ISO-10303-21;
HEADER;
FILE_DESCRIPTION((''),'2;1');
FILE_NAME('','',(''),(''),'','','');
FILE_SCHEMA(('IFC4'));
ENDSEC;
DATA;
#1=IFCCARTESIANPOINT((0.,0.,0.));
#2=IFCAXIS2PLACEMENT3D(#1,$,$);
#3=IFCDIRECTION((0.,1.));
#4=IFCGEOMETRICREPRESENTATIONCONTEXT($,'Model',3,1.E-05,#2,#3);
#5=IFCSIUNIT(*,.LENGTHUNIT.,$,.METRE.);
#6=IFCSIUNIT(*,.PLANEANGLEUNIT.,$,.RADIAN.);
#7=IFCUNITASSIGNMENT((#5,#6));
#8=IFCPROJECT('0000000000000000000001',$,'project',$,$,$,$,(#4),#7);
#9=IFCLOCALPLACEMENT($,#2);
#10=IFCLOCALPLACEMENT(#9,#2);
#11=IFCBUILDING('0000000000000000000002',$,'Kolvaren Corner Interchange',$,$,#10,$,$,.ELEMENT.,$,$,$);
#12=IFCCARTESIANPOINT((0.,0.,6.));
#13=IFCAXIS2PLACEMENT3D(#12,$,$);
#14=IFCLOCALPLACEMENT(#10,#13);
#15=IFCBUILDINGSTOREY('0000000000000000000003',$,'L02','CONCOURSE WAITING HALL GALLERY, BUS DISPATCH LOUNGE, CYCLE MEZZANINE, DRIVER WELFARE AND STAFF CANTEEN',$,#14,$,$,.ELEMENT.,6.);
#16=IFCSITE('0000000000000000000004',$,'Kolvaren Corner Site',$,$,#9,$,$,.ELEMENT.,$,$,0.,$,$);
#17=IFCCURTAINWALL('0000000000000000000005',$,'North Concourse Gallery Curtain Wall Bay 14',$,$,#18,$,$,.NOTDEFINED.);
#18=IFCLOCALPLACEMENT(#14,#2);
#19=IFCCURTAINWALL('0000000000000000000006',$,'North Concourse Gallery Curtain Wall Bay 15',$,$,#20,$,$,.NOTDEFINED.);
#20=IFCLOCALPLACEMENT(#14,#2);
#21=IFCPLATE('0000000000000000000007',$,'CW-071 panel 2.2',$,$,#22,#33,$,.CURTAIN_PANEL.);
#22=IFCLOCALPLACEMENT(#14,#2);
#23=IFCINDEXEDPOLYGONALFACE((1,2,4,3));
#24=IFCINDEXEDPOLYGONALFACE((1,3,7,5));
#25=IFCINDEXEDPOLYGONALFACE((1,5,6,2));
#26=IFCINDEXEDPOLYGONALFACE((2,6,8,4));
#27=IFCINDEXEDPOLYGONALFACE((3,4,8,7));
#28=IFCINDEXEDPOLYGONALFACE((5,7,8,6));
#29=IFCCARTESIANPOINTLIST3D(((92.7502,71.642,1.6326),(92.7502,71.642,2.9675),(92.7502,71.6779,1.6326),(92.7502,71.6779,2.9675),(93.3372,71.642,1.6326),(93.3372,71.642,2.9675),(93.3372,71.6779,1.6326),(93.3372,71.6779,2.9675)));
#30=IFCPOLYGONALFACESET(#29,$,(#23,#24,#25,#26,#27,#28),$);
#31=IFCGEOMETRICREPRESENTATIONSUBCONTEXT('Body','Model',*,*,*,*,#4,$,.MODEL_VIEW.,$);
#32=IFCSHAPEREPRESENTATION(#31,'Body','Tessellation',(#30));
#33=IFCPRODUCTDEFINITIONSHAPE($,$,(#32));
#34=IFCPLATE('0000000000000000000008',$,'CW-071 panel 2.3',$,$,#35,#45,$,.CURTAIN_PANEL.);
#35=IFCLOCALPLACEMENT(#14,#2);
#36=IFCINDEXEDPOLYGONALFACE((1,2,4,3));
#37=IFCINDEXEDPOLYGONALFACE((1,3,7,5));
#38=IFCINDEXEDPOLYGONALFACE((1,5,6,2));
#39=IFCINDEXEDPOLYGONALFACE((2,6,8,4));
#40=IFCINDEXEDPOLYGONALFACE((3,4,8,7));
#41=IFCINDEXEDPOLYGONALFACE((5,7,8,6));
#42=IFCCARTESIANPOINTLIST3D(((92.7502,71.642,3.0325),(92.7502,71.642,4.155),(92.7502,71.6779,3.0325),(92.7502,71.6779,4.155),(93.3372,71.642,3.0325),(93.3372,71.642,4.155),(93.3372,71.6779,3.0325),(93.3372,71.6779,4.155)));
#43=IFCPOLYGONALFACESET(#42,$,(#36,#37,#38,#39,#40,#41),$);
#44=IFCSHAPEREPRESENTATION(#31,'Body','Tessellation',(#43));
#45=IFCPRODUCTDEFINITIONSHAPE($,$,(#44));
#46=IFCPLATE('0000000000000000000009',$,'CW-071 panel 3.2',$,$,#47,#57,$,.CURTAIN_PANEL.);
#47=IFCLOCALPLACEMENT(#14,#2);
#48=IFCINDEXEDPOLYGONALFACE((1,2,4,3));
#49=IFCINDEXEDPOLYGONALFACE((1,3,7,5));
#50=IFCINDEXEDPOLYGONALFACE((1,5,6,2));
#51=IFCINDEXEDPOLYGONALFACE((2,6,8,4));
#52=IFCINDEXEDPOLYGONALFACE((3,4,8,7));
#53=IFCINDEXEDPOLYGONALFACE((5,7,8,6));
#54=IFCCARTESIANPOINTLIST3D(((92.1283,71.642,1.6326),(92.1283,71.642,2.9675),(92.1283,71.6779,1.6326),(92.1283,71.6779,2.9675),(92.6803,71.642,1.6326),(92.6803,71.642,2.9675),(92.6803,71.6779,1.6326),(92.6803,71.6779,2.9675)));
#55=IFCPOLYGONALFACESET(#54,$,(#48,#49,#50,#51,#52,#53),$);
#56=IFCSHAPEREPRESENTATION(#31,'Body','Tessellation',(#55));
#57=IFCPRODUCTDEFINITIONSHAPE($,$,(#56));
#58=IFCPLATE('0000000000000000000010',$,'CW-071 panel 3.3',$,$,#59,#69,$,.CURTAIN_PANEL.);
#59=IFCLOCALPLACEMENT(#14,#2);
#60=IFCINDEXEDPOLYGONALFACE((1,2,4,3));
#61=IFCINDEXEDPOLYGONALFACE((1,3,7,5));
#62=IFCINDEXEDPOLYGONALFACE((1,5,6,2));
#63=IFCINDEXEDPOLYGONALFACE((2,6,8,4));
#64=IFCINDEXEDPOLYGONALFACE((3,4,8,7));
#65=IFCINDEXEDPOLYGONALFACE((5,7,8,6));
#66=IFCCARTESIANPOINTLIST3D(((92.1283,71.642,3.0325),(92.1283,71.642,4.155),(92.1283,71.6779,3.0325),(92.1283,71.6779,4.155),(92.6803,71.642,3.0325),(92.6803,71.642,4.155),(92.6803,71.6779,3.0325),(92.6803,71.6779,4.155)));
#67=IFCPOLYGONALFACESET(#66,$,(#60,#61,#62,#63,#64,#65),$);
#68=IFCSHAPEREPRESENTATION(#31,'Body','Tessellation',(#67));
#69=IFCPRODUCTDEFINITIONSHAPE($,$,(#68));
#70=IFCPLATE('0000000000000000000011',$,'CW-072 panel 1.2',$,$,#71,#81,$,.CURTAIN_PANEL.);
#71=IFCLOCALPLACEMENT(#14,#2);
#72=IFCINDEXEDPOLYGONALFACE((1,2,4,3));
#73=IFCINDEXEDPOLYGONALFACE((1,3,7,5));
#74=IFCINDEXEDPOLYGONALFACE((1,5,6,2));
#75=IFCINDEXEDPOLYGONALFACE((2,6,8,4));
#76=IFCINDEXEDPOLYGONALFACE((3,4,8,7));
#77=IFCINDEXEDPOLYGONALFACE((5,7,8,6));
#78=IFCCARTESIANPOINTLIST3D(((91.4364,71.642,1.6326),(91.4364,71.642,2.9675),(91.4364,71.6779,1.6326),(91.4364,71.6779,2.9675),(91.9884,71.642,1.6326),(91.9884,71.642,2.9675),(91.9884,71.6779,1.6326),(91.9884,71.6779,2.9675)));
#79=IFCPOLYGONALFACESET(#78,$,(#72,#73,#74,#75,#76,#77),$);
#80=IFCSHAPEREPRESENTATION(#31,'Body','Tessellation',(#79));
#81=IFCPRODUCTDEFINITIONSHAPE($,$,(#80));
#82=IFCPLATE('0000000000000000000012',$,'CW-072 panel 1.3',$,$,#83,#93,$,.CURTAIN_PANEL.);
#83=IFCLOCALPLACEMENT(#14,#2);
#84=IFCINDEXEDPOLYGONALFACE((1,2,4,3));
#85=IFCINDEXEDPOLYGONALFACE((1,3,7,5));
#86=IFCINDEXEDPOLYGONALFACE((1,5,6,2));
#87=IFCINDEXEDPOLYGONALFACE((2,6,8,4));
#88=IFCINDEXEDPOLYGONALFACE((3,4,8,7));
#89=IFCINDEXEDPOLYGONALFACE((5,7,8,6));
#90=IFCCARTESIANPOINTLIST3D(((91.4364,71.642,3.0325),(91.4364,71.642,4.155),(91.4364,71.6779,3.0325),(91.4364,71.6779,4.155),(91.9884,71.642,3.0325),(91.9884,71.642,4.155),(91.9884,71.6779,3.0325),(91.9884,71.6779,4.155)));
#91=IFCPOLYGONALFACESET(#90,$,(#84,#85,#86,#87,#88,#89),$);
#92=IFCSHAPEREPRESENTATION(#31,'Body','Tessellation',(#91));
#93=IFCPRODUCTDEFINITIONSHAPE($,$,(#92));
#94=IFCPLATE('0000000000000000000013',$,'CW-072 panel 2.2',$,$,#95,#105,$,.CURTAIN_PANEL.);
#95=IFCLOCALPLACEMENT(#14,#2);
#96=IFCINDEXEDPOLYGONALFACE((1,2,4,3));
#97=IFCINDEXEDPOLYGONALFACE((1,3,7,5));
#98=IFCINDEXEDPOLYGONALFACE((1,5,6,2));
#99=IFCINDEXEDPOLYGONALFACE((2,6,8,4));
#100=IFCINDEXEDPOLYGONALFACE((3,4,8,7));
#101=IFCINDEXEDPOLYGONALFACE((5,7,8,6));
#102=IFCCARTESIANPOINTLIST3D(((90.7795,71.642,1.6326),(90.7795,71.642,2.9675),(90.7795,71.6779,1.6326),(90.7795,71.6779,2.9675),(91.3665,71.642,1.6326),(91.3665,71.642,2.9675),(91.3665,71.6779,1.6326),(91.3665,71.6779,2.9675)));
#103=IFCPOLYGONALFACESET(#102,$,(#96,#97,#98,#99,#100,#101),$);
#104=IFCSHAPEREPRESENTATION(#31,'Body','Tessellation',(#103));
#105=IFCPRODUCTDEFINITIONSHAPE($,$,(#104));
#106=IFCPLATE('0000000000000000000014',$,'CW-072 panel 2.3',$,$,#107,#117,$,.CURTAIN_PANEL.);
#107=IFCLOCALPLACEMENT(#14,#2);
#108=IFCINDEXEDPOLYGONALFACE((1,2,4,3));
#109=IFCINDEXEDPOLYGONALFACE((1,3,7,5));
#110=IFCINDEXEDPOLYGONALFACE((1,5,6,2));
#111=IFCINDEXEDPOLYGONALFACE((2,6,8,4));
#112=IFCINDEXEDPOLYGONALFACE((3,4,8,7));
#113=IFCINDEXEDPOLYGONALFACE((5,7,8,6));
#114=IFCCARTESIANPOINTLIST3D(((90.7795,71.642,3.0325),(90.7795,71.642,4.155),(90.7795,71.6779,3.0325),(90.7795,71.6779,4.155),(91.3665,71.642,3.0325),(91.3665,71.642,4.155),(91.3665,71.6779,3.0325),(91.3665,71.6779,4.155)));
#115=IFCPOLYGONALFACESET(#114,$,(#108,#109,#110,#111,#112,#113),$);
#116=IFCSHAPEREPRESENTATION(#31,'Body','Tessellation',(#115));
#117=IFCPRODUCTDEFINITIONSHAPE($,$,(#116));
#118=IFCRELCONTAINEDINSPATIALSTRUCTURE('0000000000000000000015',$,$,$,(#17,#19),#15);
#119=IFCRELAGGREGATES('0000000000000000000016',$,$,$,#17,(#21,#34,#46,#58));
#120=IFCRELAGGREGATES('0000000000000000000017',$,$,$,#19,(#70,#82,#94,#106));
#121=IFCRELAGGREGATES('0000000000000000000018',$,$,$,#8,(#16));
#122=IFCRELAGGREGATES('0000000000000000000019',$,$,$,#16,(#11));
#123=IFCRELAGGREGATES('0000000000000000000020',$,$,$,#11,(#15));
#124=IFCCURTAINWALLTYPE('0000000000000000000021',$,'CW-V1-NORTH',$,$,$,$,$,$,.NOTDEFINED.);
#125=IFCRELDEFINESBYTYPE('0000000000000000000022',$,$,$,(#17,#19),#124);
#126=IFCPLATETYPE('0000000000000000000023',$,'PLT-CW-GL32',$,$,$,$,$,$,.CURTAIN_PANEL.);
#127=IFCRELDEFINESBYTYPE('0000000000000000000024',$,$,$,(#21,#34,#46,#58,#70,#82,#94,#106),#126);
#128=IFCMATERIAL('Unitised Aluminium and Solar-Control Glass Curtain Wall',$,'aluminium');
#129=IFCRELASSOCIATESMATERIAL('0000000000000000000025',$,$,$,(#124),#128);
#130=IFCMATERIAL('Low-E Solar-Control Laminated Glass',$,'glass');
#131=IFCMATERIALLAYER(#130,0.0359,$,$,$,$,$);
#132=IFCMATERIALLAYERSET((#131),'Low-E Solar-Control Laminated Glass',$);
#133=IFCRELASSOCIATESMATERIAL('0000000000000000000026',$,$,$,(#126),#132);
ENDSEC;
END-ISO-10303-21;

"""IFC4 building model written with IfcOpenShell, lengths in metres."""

from ifc_helpers import new_model, si_unit, direction, frame, origin, origin_2d, place, context, subcontext, project, spatial, rectangle, extrude, material, layer, layer_set, type_object, element, aggregate, save


model = new_model("IFC4")

# Units and contexts
model_context = context("Model", 3, precision=1e-05, world=origin(), true_north=direction((0.0, 1.0)))
body_context = subcontext(model_context, "Body", "Model", "MODEL_VIEW")
ifc_project = project(units=[si_unit("LENGTHUNIT", "METRE"), si_unit("PLANEANGLEUNIT", "RADIAN")], contexts=[model_context])

# Site, building, storey
site_placement = place(None, origin())
site = spatial("IfcSite", under=ifc_project, at=site_placement, Name="Kolvaren Corner Site", CompositionType="ELEMENT", RefElevation=0.0)
building_placement = place(site_placement, origin())
building = spatial("IfcBuilding", under=site, at=building_placement, Name="Kolvaren Corner Interchange", CompositionType="ELEMENT")
storey_placement = place(building_placement, frame((0.0, 0.0, 6.0)))
storey = spatial("IfcBuildingStorey", under=building, at=storey_placement, Name="L02", Description="CONCOURSE WAITING HALL GALLERY, BUS DISPATCH LOUNGE, CYCLE MEZZANINE, DRIVER WELFARE AND STAFF CANTEEN", CompositionType="ELEMENT", Elevation=6.0)

# Curtain walls
ifc_material_1 = material(Name="Unitised Aluminium and Solar-Control Glass Curtain Wall", Category="aluminium")
curtain_wall_type = type_object("IfcCurtainWallType", Name="CW-V1-NORTH", PredefinedType="NOTDEFINED", material=ifc_material_1)
curtain_wall_1_placement = place(storey_placement, origin())
curtain_wall_1 = element("IfcCurtainWall", 1, at=curtain_wall_1_placement, inside=storey, type_object=curtain_wall_type, Name="North Concourse Gallery Curtain Wall Bay 14", PredefinedType="NOTDEFINED")
curtain_wall_2_placement = place(storey_placement, origin())
curtain_wall_2 = element("IfcCurtainWall", 2, at=curtain_wall_2_placement, inside=storey, type_object=curtain_wall_type, Name="North Concourse Gallery Curtain Wall Bay 15", PredefinedType="NOTDEFINED")

# Plates
ifc_material_2 = material(Name="Low-E Solar-Control Laminated Glass", Category="glass")
ifc_layer = layer(ifc_material_2, 0.0359)
ifc_layer_set = layer_set([ifc_layer], Name="Low-E Solar-Control Laminated Glass")
plate_type = type_object("IfcPlateType", Name="PLT-CW-GL32", PredefinedType="CURTAIN_PANEL", material=ifc_layer_set)
plate_1_placement = place(storey_placement, frame((93.0437, 71.6599, 1.6326), z_axis=(0.0, 0.0, 1.0), x_axis=(-1.0, 0.0, 0.0)))
plate_1 = element("IfcPlate", 3, at=plate_1_placement, type_object=plate_type, Name="CW-071 panel 2.2", PredefinedType="CURTAIN_PANEL", context=body_context, shape_type="SweptSolid", body=[
    extrude(rectangle(XDim=0.5869, YDim=0.0359, at=origin_2d()), origin(), (0.0, 0.0, 1.0), 1.335),
])
plate_2_placement = place(storey_placement, frame((93.0437, 71.6599, 3.0325), z_axis=(0.0, 0.0, 1.0), x_axis=(-1.0, 0.0, 0.0)))
plate_2 = element("IfcPlate", 4, at=plate_2_placement, type_object=plate_type, Name="CW-071 panel 2.3", PredefinedType="CURTAIN_PANEL", context=body_context, shape_type="SweptSolid", body=[
    extrude(rectangle(XDim=0.5869, YDim=0.0359, at=origin_2d()), origin(), (0.0, 0.0, 1.0), 1.1226),
])
plate_3_placement = place(storey_placement, frame((92.4043, 71.6599, 1.6326), z_axis=(0.0, 0.0, 1.0), x_axis=(-1.0, 0.0, 0.0)))
plate_3 = element("IfcPlate", 5, at=plate_3_placement, type_object=plate_type, Name="CW-071 panel 3.2", PredefinedType="CURTAIN_PANEL", context=body_context, shape_type="SweptSolid", body=[
    extrude(rectangle(XDim=0.552, YDim=0.0359, at=origin_2d()), origin(), (0.0, 0.0, 1.0), 1.335),
])
plate_4_placement = place(storey_placement, frame((92.4043, 71.6599, 3.0325), z_axis=(0.0, 0.0, 1.0), x_axis=(-1.0, 0.0, 0.0)))
plate_4 = element("IfcPlate", 6, at=plate_4_placement, type_object=plate_type, Name="CW-071 panel 3.3", PredefinedType="CURTAIN_PANEL", context=body_context, shape_type="SweptSolid", body=[
    extrude(rectangle(XDim=0.552, YDim=0.0359, at=origin_2d()), origin(), (0.0, 0.0, 1.0), 1.1226),
])
aggregate(curtain_wall_1, [plate_1, plate_2, plate_3, plate_4])
plate_5_placement = place(storey_placement, frame((91.7124, 71.6599, 1.6326), z_axis=(0.0, 0.0, 1.0), x_axis=(-1.0, 0.0, 0.0)))
plate_5 = element("IfcPlate", 7, at=plate_5_placement, type_object=plate_type, Name="CW-072 panel 1.2", PredefinedType="CURTAIN_PANEL", context=body_context, shape_type="SweptSolid", body=[
    extrude(rectangle(XDim=0.552, YDim=0.0359, at=origin_2d()), origin(), (0.0, 0.0, 1.0), 1.335),
])
plate_6_placement = place(storey_placement, frame((91.7124, 71.6599, 3.0325), z_axis=(0.0, 0.0, 1.0), x_axis=(-1.0, 0.0, 0.0)))
plate_6 = element("IfcPlate", 8, at=plate_6_placement, type_object=plate_type, Name="CW-072 panel 1.3", PredefinedType="CURTAIN_PANEL", context=body_context, shape_type="SweptSolid", body=[
    extrude(rectangle(XDim=0.552, YDim=0.0359, at=origin_2d()), origin(), (0.0, 0.0, 1.0), 1.1226),
])
plate_7_placement = place(storey_placement, frame((91.073, 71.6599, 1.6326), z_axis=(0.0, 0.0, 1.0), x_axis=(-1.0, 0.0, 0.0)))
plate_7 = element("IfcPlate", 9, at=plate_7_placement, type_object=plate_type, Name="CW-072 panel 2.2", PredefinedType="CURTAIN_PANEL", context=body_context, shape_type="SweptSolid", body=[
    extrude(rectangle(XDim=0.5869, YDim=0.0359, at=origin_2d()), origin(), (0.0, 0.0, 1.0), 1.335),
])
plate_8_placement = place(storey_placement, frame((91.073, 71.6599, 3.0325), z_axis=(0.0, 0.0, 1.0), x_axis=(-1.0, 0.0, 0.0)))
plate_8 = element("IfcPlate", 10, at=plate_8_placement, type_object=plate_type, Name="CW-072 panel 2.3", PredefinedType="CURTAIN_PANEL", context=body_context, shape_type="SweptSolid", body=[
    extrude(rectangle(XDim=0.5869, YDim=0.0359, at=origin_2d()), origin(), (0.0, 0.0, 1.0), 1.1226),
])
aggregate(curtain_wall_2, [plate_5, plate_6, plate_7, plate_8])

save(model, "model.ifc")
